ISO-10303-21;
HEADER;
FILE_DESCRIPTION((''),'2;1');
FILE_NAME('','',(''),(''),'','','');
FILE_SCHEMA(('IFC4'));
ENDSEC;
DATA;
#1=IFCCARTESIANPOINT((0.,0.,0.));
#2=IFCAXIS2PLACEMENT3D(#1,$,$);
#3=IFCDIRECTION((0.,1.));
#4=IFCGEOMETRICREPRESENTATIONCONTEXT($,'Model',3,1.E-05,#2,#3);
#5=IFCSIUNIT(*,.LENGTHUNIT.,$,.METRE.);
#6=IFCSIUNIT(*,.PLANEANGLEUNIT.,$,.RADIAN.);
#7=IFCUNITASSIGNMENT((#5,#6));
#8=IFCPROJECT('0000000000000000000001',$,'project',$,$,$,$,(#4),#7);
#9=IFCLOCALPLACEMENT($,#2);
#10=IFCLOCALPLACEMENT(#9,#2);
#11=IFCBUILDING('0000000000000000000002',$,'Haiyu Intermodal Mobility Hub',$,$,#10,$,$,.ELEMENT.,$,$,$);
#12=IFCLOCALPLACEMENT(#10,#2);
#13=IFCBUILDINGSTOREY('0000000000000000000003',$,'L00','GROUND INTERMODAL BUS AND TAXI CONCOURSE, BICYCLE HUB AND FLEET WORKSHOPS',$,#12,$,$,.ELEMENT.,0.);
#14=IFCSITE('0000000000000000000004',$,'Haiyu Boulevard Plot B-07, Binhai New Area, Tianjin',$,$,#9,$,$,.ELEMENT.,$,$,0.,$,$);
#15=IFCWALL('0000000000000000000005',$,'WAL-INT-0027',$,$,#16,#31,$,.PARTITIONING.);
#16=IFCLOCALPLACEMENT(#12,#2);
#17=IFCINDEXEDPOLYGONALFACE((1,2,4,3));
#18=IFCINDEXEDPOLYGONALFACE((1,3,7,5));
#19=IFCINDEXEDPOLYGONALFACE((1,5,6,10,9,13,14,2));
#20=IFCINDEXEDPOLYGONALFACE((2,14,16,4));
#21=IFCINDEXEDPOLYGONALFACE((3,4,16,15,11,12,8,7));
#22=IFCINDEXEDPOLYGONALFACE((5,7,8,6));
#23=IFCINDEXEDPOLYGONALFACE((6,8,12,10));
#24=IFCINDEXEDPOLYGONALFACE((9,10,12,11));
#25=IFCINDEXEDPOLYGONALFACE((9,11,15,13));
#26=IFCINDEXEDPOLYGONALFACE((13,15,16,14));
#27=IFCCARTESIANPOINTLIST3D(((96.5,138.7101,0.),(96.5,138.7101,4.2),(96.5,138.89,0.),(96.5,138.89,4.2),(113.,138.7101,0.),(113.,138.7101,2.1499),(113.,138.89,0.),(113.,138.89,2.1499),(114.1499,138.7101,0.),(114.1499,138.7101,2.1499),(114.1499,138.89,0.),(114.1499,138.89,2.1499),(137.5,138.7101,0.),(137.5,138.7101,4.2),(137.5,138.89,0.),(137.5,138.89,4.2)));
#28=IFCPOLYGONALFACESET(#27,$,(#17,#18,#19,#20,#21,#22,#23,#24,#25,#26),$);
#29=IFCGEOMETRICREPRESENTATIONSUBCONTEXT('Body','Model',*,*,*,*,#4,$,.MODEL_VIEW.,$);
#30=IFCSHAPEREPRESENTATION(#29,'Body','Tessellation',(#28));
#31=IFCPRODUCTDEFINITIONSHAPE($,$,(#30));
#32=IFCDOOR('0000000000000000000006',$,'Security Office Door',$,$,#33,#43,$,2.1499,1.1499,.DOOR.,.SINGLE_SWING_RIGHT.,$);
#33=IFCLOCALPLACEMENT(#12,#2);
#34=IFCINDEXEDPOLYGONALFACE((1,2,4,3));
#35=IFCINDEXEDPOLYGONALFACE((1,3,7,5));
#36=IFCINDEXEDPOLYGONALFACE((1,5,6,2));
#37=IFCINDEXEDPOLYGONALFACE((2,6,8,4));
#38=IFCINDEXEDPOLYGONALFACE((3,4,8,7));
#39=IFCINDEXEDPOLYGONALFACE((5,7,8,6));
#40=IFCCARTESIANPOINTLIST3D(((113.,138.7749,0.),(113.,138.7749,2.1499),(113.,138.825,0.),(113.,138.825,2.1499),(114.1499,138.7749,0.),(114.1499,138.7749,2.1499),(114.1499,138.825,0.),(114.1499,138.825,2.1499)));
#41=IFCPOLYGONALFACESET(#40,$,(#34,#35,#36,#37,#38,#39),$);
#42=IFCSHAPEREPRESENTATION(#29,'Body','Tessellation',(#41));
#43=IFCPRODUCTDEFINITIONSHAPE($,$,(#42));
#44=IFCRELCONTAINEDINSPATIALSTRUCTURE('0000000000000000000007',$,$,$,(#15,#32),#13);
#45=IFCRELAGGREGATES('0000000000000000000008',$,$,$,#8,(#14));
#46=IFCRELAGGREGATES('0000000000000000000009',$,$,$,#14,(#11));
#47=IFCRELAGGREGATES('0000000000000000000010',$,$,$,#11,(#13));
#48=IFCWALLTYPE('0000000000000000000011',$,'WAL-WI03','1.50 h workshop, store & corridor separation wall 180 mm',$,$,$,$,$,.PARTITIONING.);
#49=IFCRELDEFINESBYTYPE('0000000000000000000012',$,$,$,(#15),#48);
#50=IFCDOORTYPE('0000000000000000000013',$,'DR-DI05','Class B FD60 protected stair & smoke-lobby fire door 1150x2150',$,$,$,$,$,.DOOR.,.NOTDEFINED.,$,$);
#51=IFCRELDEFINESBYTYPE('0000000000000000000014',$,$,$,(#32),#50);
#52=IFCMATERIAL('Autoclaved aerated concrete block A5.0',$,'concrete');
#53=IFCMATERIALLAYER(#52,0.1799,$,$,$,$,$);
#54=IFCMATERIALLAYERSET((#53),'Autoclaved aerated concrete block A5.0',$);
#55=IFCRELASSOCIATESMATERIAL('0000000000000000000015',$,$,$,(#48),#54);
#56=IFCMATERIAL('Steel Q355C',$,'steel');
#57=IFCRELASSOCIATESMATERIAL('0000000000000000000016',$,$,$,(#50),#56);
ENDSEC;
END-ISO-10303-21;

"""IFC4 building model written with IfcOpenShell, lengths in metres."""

from ifc_helpers import new_model, si_unit, direction, frame, frame_2d, origin, place, context, subcontext, project, spatial, rectangle, extrude, material, layer, layer_set, type_object, element, fill, save


model = new_model("IFC4")

# Units and contexts
model_context = context("Model", 3, precision=1e-05, world=origin(), true_north=direction((0.0, 1.0)))
body_context = subcontext(model_context, "Body", "Model", "MODEL_VIEW")
ifc_project = project(units=[si_unit("LENGTHUNIT", "METRE"), si_unit("PLANEANGLEUNIT", "RADIAN")], contexts=[model_context])

# Site, building, storey
site_placement = place(None, origin())
site = spatial("IfcSite", under=ifc_project, at=site_placement, Name="Haiyu Boulevard Plot B-07, Binhai New Area, Tianjin", CompositionType="ELEMENT", RefElevation=0.0)
building_placement = place(site_placement, origin())
building = spatial("IfcBuilding", under=site, at=building_placement, Name="Haiyu Intermodal Mobility Hub", CompositionType="ELEMENT")
storey_placement = place(building_placement, origin())
storey = spatial("IfcBuildingStorey", under=building, at=storey_placement, Name="L00", Description="GROUND INTERMODAL BUS AND TAXI CONCOURSE, BICYCLE HUB AND FLEET WORKSHOPS", CompositionType="ELEMENT", Elevation=0.0)

# Wall, opening, door
ifc_material_1 = material(Name="Autoclaved aerated concrete block A5.0", Category="concrete")
ifc_layer_1 = layer(ifc_material_1, 0.1799)
ifc_layer_set_1 = layer_set([ifc_layer_1], Name="Autoclaved aerated concrete block A5.0")
wall_type = type_object("IfcWallType", Name="WAL-WI03", Description="1.50 h workshop, store & corridor separation wall 180 mm", PredefinedType="PARTITIONING", material=ifc_layer_set_1)
wall_placement = place(storey_placement, frame((96.5, 138.8, 0.0), z_axis=(0.0, 0.0, 1.0), x_axis=(1.0, 0.0, 0.0)))
wall = element("IfcWall", 1, at=wall_placement, inside=storey, type_object=wall_type, Name="WAL-INT-0027", PredefinedType="PARTITIONING", context=body_context, shape_type="SweptSolid", body=[
    extrude(rectangle(XDim=41.0, YDim=0.1799, at=frame_2d((20.5, 0.0))), origin(), (0.0, 0.0, 1.0), 4.2),
])
opening_placement = place(wall_placement, frame((16.5, 0.0, 0.0)))
opening = element("IfcOpeningElement", 2, at=opening_placement, cuts=wall, PredefinedType="OPENING", context=body_context, shape_type="SweptSolid", body=[
    extrude(rectangle(XDim=1.1499, YDim=2.1499, at=frame_2d((0.575, 1.075))), frame((0.0, 0.1001, 0.0), z_axis=(0.0, -1.0, 0.0), x_axis=(1.0, 0.0, 0.0)), (0.0, 0.0, 1.0), 0.2),
])
ifc_material_2 = material(Name="Steel Q355C", Category="steel")
door_type = type_object("IfcDoorType", Name="DR-DI05", Description="Class B FD60 protected stair & smoke-lobby fire door 1150x2150", OperationType="NOTDEFINED", PredefinedType="DOOR", material=ifc_material_2)
door_placement = place(opening_placement, origin())
door = element("IfcDoor", 3, at=door_placement, inside=storey, type_object=door_type, Name="Security Office Door", OperationType="SINGLE_SWING_RIGHT", OverallHeight=2.1499, OverallWidth=1.1499, PredefinedType="DOOR", context=body_context, shape_type="SweptSolid", body=[
    extrude(rectangle(XDim=1.1499, YDim=2.1499, at=frame_2d((0.575, 1.075))), frame((0.0, 0.0249, 0.0), z_axis=(0.0, -1.0, 0.0), x_axis=(1.0, 0.0, 0.0)), (0.0, 0.0, 1.0), 0.05),
])
fill(opening, door)

save(model, "model.ifc")
